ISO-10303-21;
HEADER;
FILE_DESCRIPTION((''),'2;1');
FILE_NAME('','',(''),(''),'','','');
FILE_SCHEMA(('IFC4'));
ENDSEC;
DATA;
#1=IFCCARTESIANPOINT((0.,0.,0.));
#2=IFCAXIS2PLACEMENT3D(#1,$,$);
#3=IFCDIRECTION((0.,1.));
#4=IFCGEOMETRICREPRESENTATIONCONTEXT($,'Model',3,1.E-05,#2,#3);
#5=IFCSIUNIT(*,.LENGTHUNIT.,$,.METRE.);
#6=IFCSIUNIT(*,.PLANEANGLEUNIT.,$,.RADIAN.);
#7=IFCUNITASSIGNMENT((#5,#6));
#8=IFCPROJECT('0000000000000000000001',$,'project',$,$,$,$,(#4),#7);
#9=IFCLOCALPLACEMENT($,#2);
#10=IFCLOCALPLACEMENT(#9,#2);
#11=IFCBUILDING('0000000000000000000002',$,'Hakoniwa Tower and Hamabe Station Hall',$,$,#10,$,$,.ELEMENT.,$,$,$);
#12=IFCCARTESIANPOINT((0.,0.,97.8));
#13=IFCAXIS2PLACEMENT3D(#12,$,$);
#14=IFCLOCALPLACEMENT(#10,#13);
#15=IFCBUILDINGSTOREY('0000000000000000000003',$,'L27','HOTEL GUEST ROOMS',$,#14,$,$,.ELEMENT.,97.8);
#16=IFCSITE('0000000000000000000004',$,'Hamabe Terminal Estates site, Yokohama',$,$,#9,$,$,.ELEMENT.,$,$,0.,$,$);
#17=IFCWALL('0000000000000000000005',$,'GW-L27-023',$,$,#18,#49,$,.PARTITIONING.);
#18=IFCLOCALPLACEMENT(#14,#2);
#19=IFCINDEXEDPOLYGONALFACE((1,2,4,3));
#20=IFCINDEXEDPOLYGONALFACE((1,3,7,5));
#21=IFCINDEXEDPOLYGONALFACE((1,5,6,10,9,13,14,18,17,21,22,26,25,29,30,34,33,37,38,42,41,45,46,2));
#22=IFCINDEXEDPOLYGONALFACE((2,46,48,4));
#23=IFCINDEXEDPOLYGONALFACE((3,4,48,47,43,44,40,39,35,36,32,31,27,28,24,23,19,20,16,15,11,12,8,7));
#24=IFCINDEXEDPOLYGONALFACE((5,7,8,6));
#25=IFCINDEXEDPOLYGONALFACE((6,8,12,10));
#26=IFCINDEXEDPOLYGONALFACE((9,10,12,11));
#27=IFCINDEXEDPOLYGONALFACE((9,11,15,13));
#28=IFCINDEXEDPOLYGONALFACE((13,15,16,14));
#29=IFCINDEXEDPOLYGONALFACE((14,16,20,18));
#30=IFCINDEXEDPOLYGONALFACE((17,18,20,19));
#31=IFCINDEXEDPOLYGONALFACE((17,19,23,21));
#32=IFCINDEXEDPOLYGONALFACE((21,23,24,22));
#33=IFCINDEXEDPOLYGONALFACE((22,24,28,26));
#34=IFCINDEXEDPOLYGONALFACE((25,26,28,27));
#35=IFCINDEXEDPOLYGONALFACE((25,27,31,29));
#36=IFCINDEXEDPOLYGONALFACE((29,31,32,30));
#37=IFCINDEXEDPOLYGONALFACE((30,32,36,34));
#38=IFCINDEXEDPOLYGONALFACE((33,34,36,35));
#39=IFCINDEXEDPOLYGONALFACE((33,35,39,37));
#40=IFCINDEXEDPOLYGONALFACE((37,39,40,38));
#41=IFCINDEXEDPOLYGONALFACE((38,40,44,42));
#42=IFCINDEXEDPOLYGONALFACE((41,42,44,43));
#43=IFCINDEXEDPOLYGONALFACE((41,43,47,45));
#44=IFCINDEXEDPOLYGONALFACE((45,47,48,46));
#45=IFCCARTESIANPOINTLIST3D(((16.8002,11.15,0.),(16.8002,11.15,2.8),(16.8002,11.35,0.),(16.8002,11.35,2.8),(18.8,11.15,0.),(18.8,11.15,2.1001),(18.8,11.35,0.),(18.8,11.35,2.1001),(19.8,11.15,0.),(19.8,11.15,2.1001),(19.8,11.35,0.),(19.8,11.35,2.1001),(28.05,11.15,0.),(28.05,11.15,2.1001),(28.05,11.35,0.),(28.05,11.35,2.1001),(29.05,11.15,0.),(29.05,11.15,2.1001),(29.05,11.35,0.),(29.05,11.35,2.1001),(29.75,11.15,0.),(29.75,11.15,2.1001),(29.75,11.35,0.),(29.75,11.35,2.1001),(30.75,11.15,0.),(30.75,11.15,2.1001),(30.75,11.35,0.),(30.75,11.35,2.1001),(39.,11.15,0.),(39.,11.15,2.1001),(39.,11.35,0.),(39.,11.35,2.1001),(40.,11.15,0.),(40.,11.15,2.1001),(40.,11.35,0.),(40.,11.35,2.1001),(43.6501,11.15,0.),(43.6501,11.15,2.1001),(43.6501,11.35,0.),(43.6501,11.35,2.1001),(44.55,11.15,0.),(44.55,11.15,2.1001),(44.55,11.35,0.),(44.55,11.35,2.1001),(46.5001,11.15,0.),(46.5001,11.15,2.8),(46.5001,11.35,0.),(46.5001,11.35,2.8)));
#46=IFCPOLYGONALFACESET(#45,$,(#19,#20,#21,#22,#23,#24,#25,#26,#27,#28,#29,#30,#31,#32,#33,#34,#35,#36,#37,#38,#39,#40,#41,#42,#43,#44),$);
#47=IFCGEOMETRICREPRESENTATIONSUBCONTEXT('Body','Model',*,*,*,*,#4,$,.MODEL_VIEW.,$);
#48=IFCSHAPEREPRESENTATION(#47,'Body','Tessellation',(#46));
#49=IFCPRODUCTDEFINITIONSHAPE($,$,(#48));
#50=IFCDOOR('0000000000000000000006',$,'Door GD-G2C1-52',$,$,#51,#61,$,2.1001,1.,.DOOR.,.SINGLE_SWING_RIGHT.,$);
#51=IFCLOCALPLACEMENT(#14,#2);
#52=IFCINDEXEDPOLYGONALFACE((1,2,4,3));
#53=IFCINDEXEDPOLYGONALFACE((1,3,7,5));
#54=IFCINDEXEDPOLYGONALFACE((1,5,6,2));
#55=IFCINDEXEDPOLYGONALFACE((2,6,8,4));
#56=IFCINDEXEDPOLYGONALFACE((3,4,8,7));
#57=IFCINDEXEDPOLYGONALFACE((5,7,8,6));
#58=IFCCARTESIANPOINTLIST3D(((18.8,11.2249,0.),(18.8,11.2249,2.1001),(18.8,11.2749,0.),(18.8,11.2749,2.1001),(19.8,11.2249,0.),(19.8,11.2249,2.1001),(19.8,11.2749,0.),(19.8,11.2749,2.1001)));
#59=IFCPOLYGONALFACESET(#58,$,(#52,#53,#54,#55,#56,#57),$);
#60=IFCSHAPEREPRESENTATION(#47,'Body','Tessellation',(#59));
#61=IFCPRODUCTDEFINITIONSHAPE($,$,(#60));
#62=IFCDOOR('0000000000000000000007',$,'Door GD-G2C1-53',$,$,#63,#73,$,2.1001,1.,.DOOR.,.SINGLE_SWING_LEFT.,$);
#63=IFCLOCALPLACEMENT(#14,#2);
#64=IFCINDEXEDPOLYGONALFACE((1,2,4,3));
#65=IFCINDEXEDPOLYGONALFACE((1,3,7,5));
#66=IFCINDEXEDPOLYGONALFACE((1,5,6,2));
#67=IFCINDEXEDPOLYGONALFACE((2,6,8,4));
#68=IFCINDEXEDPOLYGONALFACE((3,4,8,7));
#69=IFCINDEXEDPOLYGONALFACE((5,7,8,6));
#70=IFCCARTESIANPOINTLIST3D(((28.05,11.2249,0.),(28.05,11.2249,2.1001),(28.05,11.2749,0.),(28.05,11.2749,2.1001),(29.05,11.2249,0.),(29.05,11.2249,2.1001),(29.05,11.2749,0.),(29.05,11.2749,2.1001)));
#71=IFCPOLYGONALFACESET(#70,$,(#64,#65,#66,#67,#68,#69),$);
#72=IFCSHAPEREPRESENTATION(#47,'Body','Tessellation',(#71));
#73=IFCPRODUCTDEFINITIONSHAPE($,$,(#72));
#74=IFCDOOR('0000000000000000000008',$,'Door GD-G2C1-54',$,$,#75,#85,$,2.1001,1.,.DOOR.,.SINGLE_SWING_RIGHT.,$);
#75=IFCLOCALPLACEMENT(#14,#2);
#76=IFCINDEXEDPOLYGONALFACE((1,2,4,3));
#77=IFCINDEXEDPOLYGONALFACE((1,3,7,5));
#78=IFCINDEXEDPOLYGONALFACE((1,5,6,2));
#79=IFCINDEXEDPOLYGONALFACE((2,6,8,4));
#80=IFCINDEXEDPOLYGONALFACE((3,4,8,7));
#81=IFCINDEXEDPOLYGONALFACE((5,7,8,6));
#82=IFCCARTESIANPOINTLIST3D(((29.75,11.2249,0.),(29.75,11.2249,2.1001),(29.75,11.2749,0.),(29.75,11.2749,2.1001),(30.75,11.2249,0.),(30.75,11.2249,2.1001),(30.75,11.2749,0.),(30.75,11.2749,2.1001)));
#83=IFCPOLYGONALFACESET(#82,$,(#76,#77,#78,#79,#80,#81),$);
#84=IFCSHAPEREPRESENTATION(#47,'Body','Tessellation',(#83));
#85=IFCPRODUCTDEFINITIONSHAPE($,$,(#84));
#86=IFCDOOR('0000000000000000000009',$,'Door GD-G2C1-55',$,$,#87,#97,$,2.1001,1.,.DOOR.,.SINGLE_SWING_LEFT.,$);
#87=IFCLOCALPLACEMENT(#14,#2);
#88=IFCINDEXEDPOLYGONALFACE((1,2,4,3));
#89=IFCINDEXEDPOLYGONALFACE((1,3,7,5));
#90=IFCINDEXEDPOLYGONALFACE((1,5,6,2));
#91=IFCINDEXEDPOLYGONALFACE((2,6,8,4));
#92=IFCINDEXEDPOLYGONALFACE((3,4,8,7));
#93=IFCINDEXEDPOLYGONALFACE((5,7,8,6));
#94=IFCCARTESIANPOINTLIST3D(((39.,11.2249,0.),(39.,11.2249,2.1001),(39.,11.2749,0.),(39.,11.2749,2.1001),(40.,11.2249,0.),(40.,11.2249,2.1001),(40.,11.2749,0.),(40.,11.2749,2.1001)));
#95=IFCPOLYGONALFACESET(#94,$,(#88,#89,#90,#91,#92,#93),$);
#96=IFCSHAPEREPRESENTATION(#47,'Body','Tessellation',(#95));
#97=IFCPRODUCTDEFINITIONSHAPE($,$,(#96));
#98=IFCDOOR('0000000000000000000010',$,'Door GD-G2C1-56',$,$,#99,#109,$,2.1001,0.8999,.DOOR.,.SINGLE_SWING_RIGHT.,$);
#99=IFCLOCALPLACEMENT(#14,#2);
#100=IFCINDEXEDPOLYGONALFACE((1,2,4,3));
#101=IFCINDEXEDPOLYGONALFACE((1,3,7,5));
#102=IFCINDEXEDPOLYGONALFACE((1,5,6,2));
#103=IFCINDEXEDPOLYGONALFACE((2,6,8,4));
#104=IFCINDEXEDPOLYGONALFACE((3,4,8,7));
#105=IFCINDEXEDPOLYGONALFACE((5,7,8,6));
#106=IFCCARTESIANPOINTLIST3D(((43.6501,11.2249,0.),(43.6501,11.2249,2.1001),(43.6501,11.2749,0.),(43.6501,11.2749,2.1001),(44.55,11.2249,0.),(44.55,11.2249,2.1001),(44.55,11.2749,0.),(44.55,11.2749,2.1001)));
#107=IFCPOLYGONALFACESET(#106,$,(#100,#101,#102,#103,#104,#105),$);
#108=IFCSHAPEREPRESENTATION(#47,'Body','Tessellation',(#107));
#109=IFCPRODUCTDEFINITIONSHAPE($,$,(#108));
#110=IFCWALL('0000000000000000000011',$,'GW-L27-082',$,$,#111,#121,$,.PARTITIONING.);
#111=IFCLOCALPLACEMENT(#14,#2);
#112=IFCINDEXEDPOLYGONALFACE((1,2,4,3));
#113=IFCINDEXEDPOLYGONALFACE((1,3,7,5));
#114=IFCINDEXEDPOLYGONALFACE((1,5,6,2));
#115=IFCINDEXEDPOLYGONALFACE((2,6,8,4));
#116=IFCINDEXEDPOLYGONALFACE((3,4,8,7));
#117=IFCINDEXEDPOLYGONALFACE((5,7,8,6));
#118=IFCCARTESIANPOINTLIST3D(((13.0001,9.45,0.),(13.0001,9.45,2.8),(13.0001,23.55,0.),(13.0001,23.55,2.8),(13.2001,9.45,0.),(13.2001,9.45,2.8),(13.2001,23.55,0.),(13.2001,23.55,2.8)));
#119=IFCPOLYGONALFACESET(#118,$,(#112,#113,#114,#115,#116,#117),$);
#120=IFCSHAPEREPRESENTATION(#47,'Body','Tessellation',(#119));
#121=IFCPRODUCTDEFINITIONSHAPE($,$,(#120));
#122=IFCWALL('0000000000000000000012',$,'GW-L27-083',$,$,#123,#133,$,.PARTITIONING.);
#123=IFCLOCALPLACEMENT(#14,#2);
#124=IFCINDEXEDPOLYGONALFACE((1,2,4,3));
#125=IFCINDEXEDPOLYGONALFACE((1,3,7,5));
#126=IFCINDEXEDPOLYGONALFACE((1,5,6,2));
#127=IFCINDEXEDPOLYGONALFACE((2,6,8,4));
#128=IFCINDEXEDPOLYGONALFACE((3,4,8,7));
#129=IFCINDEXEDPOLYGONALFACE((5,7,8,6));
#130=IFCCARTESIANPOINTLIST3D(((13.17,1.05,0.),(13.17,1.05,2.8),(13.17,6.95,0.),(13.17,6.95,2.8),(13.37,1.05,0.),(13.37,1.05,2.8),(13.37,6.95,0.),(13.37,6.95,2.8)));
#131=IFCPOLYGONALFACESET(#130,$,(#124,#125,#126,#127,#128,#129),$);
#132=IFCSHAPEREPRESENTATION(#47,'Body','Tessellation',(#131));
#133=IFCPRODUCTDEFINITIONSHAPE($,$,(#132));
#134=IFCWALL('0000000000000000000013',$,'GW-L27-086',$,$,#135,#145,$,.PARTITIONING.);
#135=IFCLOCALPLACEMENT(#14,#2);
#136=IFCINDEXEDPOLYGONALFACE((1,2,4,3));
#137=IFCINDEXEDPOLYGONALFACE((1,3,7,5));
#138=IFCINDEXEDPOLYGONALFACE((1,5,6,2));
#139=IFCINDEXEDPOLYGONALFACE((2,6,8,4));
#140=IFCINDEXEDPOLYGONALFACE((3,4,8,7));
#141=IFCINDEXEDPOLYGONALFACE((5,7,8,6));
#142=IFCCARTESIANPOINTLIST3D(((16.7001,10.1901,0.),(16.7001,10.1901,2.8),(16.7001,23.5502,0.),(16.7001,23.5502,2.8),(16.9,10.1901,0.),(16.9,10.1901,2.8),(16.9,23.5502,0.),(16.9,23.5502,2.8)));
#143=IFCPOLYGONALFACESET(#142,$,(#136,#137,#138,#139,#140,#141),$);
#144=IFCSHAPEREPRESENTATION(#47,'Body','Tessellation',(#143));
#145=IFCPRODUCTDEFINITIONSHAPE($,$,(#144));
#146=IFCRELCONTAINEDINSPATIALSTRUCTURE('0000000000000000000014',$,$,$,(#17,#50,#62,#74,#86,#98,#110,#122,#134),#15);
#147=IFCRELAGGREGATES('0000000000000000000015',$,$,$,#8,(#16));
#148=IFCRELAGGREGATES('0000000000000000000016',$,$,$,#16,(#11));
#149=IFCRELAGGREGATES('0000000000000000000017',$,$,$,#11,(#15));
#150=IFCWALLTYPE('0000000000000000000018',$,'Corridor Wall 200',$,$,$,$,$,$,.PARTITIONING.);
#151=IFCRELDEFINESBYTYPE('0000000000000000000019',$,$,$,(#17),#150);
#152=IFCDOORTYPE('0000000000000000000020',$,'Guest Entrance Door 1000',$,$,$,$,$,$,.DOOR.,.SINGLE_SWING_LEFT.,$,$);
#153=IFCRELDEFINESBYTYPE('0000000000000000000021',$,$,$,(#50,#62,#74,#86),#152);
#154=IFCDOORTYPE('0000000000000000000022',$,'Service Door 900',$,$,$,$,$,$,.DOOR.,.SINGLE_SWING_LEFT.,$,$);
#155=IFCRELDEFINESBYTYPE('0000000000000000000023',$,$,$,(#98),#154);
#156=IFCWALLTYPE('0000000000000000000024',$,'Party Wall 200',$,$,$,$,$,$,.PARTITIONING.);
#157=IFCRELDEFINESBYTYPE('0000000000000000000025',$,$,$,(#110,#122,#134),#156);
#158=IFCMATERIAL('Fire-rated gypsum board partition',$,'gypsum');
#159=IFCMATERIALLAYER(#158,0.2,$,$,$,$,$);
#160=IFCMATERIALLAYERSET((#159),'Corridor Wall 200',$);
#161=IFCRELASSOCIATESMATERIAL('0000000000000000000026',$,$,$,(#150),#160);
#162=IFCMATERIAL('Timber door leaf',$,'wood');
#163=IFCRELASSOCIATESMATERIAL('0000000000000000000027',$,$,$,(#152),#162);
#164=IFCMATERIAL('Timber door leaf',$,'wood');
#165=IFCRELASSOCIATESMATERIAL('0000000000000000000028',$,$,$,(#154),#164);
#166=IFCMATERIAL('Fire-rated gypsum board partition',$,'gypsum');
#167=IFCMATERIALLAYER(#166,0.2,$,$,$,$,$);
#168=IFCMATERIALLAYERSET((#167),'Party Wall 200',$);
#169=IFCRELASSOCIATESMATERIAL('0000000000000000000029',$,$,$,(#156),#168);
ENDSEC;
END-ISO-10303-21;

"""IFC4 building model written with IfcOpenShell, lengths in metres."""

from ifc_helpers import new_model, si_unit, direction, frame, frame_2d, origin, place, context, subcontext, project, spatial, rectangle, extrude, material, layer, layer_set, type_object, element, fill, save


model = new_model("IFC4")

# Units and contexts
model_context = context("Model", 3, precision=1e-05, world=origin(), true_north=direction((0.0, 1.0)))
body_context = subcontext(model_context, "Body", "Model", "MODEL_VIEW")
ifc_project = project(units=[si_unit("LENGTHUNIT", "METRE"), si_unit("PLANEANGLEUNIT", "RADIAN")], contexts=[model_context])

# Site, building, storey
site_placement = place(None, origin())
site = spatial("IfcSite", under=ifc_project, at=site_placement, Name="Hamabe Terminal Estates site, Yokohama", CompositionType="ELEMENT", RefElevation=0.0)
building_placement = place(site_placement, origin())
building = spatial("IfcBuilding", under=site, at=building_placement, Name="Hakoniwa Tower and Hamabe Station Hall", CompositionType="ELEMENT")
storey_placement = place(building_placement, frame((0.0, 0.0, 97.8)))
storey = spatial("IfcBuildingStorey", under=building, at=storey_placement, Name="L27", Description="HOTEL GUEST ROOMS", CompositionType="ELEMENT", Elevation=97.8)

# Wall, openings, doors
ifc_material_1 = material(Name="Fire-rated gypsum board partition", Category="gypsum")
ifc_layer_1 = layer(ifc_material_1, 0.2)
ifc_layer_set_1 = layer_set([ifc_layer_1], Name="Corridor Wall 200")
wall_type_1 = type_object("IfcWallType", Name="Corridor Wall 200", PredefinedType="PARTITIONING", material=ifc_layer_set_1)
wall_1_placement = place(storey_placement, frame((16.8, 11.25, 0.0), z_axis=(0.0, 0.0, 1.0), x_axis=(1.0, 0.0, 0.0)))
wall_1 = element("IfcWall", 1, at=wall_1_placement, inside=storey, type_object=wall_type_1, Name="GW-L27-023", PredefinedType="PARTITIONING", context=body_context, shape_type="SweptSolid", body=[
    extrude(rectangle(XDim=29.7, YDim=0.2, at=frame_2d((14.8501, 0.0))), origin(), (0.0, 0.0, 1.0), 2.8),
])
opening_1_placement = place(wall_1_placement, frame((2.0, 0.0, 0.0)))
opening_1 = element("IfcOpeningElement", 2, at=opening_1_placement, cuts=wall_1, PredefinedType="OPENING", context=body_context, shape_type="SweptSolid", body=[
    extrude(rectangle(XDim=1.0, YDim=2.1001, at=frame_2d((0.5, 1.05))), frame((0.0, 0.1099, 0.0), z_axis=(0.0, -1.0, 0.0), x_axis=(1.0, 0.0, 0.0)), (0.0, 0.0, 1.0), 0.22),
])
opening_2_placement = place(wall_1_placement, frame((11.25, 0.0, 0.0)))
opening_2 = element("IfcOpeningElement", 3, at=opening_2_placement, cuts=wall_1, PredefinedType="OPENING", context=body_context, shape_type="SweptSolid", body=[
    extrude(rectangle(XDim=1.0, YDim=2.1001, at=frame_2d((0.5, 1.05))), frame((0.0, 0.1099, 0.0), z_axis=(0.0, -1.0, 0.0), x_axis=(1.0, 0.0, 0.0)), (0.0, 0.0, 1.0), 0.22),
])
opening_3_placement = place(wall_1_placement, frame((12.95, 0.0, 0.0)))
opening_3 = element("IfcOpeningElement", 4, at=opening_3_placement, cuts=wall_1, PredefinedType="OPENING", context=body_context, shape_type="SweptSolid", body=[
    extrude(rectangle(XDim=1.0, YDim=2.1001, at=frame_2d((0.5, 1.05))), frame((0.0, 0.1099, 0.0), z_axis=(0.0, -1.0, 0.0), x_axis=(1.0, 0.0, 0.0)), (0.0, 0.0, 1.0), 0.22),
])
opening_4_placement = place(wall_1_placement, frame((22.2, 0.0, 0.0)))
opening_4 = element("IfcOpeningElement", 5, at=opening_4_placement, cuts=wall_1, PredefinedType="OPENING", context=body_context, shape_type="SweptSolid", body=[
    extrude(rectangle(XDim=1.0, YDim=2.1001, at=frame_2d((0.5, 1.05))), frame((0.0, 0.1099, 0.0), z_axis=(0.0, -1.0, 0.0), x_axis=(1.0, 0.0, 0.0)), (0.0, 0.0, 1.0), 0.22),
])
opening_5_placement = place(wall_1_placement, frame((26.8501, 0.0, 0.0)))
opening_5 = element("IfcOpeningElement", 6, at=opening_5_placement, cuts=wall_1, PredefinedType="OPENING", context=body_context, shape_type="SweptSolid", body=[
    extrude(rectangle(XDim=0.8999, YDim=2.1001, at=frame_2d((0.45, 1.05))), frame((0.0, 0.1099, 0.0), z_axis=(0.0, -1.0, 0.0), x_axis=(1.0, 0.0, 0.0)), (0.0, 0.0, 1.0), 0.22),
])
ifc_material_2 = material(Name="Timber door leaf", Category="wood")
door_type_1 = type_object("IfcDoorType", Name="Guest Entrance Door 1000", OperationType="SINGLE_SWING_LEFT", PredefinedType="DOOR", material=ifc_material_2)
door_1_placement = place(opening_1_placement, origin())
door_1 = element("IfcDoor", 7, at=door_1_placement, inside=storey, type_object=door_type_1, Name="Door GD-G2C1-52", OperationType="SINGLE_SWING_RIGHT", OverallHeight=2.1001, OverallWidth=1.0, PredefinedType="DOOR", context=body_context, shape_type="SweptSolid", body=[
    extrude(rectangle(XDim=1.0, YDim=2.1001, at=frame_2d((0.5, 1.05))), frame((0.0, 0.0249, 0.0), z_axis=(0.0, -1.0, 0.0), x_axis=(1.0, 0.0, 0.0)), (0.0, 0.0, 1.0), 0.05),
])
fill(opening_1, door_1)
door_2_placement = place(opening_2_placement, origin())
door_2 = element("IfcDoor", 8, at=door_2_placement, inside=storey, type_object=door_type_1, Name="Door GD-G2C1-53", OperationType="SINGLE_SWING_LEFT", OverallHeight=2.1001, OverallWidth=1.0, PredefinedType="DOOR", context=body_context, shape_type="SweptSolid", body=[
    extrude(rectangle(XDim=1.0, YDim=2.1001, at=frame_2d((0.5, 1.05))), frame((0.0, 0.0249, 0.0), z_axis=(0.0, -1.0, 0.0), x_axis=(1.0, 0.0, 0.0)), (0.0, 0.0, 1.0), 0.05),
])
fill(opening_2, door_2)
door_3_placement = place(opening_3_placement, origin())
door_3 = element("IfcDoor", 9, at=door_3_placement, inside=storey, type_object=door_type_1, Name="Door GD-G2C1-54", OperationType="SINGLE_SWING_RIGHT", OverallHeight=2.1001, OverallWidth=1.0, PredefinedType="DOOR", context=body_context, shape_type="SweptSolid", body=[
    extrude(rectangle(XDim=1.0, YDim=2.1001, at=frame_2d((0.5, 1.05))), frame((0.0, 0.0249, 0.0), z_axis=(0.0, -1.0, 0.0), x_axis=(1.0, 0.0, 0.0)), (0.0, 0.0, 1.0), 0.05),
])
fill(opening_3, door_3)
door_4_placement = place(opening_4_placement, origin())
door_4 = element("IfcDoor", 10, at=door_4_placement, inside=storey, type_object=door_type_1, Name="Door GD-G2C1-55", OperationType="SINGLE_SWING_LEFT", OverallHeight=2.1001, OverallWidth=1.0, PredefinedType="DOOR", context=body_context, shape_type="SweptSolid", body=[
    extrude(rectangle(XDim=1.0, YDim=2.1001, at=frame_2d((0.5, 1.05))), frame((0.0, 0.0249, 0.0), z_axis=(0.0, -1.0, 0.0), x_axis=(1.0, 0.0, 0.0)), (0.0, 0.0, 1.0), 0.05),
])
fill(opening_4, door_4)
ifc_material_3 = material(Name="Timber door leaf", Category="wood")
door_type_2 = type_object("IfcDoorType", Name="Service Door 900", OperationType="SINGLE_SWING_LEFT", PredefinedType="DOOR", material=ifc_material_3)
door_5_placement = place(opening_5_placement, origin())
door_5 = element("IfcDoor", 11, at=door_5_placement, inside=storey, type_object=door_type_2, Name="Door GD-G2C1-56", OperationType="SINGLE_SWING_RIGHT", OverallHeight=2.1001, OverallWidth=0.8999, PredefinedType="DOOR", context=body_context, shape_type="SweptSolid", body=[
    extrude(rectangle(XDim=0.8999, YDim=2.1001, at=frame_2d((0.45, 1.05))), frame((0.0, 0.0249, 0.0), z_axis=(0.0, -1.0, 0.0), x_axis=(1.0, 0.0, 0.0)), (0.0, 0.0, 1.0), 0.05),
])
fill(opening_5, door_5)

# Walls
ifc_material_4 = material(Name="Fire-rated gypsum board partition", Category="gypsum")
ifc_layer_2 = layer(ifc_material_4, 0.2)
ifc_layer_set_2 = layer_set([ifc_layer_2], Name="Party Wall 200")
wall_type_2 = type_object("IfcWallType", Name="Party Wall 200", PredefinedType="PARTITIONING", material=ifc_layer_set_2)
wall_2_placement = place(storey_placement, frame((13.1001, 9.45, 0.0), z_axis=(0.0, 0.0, 1.0), x_axis=(0.0, 1.0, 0.0)))
element("IfcWall", 12, at=wall_2_placement, inside=storey, type_object=wall_type_2, Name="GW-L27-082", PredefinedType="PARTITIONING", context=body_context, shape_type="SweptSolid", body=[
    extrude(rectangle(XDim=14.1001, YDim=0.2, at=frame_2d((7.05, 0.0))), origin(), (0.0, 0.0, 1.0), 2.8),
])
wall_3_placement = place(storey_placement, frame((13.27, 1.05, 0.0), z_axis=(0.0, 0.0, 1.0), x_axis=(0.0, 1.0, 0.0)))
element("IfcWall", 13, at=wall_3_placement, inside=storey, type_object=wall_type_2, Name="GW-L27-083", PredefinedType="PARTITIONING", context=body_context, shape_type="SweptSolid", body=[
    extrude(rectangle(XDim=5.8999, YDim=0.2, at=frame_2d((2.95, 0.0))), origin(), (0.0, 0.0, 1.0), 2.8),
])
wall_4_placement = place(storey_placement, frame((16.8, 10.1899, 0.0), z_axis=(0.0, 0.0, 1.0), x_axis=(0.0, 1.0, 0.0)))
element("IfcWall", 14, at=wall_4_placement, inside=storey, type_object=wall_type_2, Name="GW-L27-086", PredefinedType="PARTITIONING", context=body_context, shape_type="SweptSolid", body=[
    extrude(rectangle(XDim=13.3601, YDim=0.2, at=frame_2d((6.6802, 0.0))), origin(), (0.0, 0.0, 1.0), 2.8),
])

save(model, "model.ifc")
